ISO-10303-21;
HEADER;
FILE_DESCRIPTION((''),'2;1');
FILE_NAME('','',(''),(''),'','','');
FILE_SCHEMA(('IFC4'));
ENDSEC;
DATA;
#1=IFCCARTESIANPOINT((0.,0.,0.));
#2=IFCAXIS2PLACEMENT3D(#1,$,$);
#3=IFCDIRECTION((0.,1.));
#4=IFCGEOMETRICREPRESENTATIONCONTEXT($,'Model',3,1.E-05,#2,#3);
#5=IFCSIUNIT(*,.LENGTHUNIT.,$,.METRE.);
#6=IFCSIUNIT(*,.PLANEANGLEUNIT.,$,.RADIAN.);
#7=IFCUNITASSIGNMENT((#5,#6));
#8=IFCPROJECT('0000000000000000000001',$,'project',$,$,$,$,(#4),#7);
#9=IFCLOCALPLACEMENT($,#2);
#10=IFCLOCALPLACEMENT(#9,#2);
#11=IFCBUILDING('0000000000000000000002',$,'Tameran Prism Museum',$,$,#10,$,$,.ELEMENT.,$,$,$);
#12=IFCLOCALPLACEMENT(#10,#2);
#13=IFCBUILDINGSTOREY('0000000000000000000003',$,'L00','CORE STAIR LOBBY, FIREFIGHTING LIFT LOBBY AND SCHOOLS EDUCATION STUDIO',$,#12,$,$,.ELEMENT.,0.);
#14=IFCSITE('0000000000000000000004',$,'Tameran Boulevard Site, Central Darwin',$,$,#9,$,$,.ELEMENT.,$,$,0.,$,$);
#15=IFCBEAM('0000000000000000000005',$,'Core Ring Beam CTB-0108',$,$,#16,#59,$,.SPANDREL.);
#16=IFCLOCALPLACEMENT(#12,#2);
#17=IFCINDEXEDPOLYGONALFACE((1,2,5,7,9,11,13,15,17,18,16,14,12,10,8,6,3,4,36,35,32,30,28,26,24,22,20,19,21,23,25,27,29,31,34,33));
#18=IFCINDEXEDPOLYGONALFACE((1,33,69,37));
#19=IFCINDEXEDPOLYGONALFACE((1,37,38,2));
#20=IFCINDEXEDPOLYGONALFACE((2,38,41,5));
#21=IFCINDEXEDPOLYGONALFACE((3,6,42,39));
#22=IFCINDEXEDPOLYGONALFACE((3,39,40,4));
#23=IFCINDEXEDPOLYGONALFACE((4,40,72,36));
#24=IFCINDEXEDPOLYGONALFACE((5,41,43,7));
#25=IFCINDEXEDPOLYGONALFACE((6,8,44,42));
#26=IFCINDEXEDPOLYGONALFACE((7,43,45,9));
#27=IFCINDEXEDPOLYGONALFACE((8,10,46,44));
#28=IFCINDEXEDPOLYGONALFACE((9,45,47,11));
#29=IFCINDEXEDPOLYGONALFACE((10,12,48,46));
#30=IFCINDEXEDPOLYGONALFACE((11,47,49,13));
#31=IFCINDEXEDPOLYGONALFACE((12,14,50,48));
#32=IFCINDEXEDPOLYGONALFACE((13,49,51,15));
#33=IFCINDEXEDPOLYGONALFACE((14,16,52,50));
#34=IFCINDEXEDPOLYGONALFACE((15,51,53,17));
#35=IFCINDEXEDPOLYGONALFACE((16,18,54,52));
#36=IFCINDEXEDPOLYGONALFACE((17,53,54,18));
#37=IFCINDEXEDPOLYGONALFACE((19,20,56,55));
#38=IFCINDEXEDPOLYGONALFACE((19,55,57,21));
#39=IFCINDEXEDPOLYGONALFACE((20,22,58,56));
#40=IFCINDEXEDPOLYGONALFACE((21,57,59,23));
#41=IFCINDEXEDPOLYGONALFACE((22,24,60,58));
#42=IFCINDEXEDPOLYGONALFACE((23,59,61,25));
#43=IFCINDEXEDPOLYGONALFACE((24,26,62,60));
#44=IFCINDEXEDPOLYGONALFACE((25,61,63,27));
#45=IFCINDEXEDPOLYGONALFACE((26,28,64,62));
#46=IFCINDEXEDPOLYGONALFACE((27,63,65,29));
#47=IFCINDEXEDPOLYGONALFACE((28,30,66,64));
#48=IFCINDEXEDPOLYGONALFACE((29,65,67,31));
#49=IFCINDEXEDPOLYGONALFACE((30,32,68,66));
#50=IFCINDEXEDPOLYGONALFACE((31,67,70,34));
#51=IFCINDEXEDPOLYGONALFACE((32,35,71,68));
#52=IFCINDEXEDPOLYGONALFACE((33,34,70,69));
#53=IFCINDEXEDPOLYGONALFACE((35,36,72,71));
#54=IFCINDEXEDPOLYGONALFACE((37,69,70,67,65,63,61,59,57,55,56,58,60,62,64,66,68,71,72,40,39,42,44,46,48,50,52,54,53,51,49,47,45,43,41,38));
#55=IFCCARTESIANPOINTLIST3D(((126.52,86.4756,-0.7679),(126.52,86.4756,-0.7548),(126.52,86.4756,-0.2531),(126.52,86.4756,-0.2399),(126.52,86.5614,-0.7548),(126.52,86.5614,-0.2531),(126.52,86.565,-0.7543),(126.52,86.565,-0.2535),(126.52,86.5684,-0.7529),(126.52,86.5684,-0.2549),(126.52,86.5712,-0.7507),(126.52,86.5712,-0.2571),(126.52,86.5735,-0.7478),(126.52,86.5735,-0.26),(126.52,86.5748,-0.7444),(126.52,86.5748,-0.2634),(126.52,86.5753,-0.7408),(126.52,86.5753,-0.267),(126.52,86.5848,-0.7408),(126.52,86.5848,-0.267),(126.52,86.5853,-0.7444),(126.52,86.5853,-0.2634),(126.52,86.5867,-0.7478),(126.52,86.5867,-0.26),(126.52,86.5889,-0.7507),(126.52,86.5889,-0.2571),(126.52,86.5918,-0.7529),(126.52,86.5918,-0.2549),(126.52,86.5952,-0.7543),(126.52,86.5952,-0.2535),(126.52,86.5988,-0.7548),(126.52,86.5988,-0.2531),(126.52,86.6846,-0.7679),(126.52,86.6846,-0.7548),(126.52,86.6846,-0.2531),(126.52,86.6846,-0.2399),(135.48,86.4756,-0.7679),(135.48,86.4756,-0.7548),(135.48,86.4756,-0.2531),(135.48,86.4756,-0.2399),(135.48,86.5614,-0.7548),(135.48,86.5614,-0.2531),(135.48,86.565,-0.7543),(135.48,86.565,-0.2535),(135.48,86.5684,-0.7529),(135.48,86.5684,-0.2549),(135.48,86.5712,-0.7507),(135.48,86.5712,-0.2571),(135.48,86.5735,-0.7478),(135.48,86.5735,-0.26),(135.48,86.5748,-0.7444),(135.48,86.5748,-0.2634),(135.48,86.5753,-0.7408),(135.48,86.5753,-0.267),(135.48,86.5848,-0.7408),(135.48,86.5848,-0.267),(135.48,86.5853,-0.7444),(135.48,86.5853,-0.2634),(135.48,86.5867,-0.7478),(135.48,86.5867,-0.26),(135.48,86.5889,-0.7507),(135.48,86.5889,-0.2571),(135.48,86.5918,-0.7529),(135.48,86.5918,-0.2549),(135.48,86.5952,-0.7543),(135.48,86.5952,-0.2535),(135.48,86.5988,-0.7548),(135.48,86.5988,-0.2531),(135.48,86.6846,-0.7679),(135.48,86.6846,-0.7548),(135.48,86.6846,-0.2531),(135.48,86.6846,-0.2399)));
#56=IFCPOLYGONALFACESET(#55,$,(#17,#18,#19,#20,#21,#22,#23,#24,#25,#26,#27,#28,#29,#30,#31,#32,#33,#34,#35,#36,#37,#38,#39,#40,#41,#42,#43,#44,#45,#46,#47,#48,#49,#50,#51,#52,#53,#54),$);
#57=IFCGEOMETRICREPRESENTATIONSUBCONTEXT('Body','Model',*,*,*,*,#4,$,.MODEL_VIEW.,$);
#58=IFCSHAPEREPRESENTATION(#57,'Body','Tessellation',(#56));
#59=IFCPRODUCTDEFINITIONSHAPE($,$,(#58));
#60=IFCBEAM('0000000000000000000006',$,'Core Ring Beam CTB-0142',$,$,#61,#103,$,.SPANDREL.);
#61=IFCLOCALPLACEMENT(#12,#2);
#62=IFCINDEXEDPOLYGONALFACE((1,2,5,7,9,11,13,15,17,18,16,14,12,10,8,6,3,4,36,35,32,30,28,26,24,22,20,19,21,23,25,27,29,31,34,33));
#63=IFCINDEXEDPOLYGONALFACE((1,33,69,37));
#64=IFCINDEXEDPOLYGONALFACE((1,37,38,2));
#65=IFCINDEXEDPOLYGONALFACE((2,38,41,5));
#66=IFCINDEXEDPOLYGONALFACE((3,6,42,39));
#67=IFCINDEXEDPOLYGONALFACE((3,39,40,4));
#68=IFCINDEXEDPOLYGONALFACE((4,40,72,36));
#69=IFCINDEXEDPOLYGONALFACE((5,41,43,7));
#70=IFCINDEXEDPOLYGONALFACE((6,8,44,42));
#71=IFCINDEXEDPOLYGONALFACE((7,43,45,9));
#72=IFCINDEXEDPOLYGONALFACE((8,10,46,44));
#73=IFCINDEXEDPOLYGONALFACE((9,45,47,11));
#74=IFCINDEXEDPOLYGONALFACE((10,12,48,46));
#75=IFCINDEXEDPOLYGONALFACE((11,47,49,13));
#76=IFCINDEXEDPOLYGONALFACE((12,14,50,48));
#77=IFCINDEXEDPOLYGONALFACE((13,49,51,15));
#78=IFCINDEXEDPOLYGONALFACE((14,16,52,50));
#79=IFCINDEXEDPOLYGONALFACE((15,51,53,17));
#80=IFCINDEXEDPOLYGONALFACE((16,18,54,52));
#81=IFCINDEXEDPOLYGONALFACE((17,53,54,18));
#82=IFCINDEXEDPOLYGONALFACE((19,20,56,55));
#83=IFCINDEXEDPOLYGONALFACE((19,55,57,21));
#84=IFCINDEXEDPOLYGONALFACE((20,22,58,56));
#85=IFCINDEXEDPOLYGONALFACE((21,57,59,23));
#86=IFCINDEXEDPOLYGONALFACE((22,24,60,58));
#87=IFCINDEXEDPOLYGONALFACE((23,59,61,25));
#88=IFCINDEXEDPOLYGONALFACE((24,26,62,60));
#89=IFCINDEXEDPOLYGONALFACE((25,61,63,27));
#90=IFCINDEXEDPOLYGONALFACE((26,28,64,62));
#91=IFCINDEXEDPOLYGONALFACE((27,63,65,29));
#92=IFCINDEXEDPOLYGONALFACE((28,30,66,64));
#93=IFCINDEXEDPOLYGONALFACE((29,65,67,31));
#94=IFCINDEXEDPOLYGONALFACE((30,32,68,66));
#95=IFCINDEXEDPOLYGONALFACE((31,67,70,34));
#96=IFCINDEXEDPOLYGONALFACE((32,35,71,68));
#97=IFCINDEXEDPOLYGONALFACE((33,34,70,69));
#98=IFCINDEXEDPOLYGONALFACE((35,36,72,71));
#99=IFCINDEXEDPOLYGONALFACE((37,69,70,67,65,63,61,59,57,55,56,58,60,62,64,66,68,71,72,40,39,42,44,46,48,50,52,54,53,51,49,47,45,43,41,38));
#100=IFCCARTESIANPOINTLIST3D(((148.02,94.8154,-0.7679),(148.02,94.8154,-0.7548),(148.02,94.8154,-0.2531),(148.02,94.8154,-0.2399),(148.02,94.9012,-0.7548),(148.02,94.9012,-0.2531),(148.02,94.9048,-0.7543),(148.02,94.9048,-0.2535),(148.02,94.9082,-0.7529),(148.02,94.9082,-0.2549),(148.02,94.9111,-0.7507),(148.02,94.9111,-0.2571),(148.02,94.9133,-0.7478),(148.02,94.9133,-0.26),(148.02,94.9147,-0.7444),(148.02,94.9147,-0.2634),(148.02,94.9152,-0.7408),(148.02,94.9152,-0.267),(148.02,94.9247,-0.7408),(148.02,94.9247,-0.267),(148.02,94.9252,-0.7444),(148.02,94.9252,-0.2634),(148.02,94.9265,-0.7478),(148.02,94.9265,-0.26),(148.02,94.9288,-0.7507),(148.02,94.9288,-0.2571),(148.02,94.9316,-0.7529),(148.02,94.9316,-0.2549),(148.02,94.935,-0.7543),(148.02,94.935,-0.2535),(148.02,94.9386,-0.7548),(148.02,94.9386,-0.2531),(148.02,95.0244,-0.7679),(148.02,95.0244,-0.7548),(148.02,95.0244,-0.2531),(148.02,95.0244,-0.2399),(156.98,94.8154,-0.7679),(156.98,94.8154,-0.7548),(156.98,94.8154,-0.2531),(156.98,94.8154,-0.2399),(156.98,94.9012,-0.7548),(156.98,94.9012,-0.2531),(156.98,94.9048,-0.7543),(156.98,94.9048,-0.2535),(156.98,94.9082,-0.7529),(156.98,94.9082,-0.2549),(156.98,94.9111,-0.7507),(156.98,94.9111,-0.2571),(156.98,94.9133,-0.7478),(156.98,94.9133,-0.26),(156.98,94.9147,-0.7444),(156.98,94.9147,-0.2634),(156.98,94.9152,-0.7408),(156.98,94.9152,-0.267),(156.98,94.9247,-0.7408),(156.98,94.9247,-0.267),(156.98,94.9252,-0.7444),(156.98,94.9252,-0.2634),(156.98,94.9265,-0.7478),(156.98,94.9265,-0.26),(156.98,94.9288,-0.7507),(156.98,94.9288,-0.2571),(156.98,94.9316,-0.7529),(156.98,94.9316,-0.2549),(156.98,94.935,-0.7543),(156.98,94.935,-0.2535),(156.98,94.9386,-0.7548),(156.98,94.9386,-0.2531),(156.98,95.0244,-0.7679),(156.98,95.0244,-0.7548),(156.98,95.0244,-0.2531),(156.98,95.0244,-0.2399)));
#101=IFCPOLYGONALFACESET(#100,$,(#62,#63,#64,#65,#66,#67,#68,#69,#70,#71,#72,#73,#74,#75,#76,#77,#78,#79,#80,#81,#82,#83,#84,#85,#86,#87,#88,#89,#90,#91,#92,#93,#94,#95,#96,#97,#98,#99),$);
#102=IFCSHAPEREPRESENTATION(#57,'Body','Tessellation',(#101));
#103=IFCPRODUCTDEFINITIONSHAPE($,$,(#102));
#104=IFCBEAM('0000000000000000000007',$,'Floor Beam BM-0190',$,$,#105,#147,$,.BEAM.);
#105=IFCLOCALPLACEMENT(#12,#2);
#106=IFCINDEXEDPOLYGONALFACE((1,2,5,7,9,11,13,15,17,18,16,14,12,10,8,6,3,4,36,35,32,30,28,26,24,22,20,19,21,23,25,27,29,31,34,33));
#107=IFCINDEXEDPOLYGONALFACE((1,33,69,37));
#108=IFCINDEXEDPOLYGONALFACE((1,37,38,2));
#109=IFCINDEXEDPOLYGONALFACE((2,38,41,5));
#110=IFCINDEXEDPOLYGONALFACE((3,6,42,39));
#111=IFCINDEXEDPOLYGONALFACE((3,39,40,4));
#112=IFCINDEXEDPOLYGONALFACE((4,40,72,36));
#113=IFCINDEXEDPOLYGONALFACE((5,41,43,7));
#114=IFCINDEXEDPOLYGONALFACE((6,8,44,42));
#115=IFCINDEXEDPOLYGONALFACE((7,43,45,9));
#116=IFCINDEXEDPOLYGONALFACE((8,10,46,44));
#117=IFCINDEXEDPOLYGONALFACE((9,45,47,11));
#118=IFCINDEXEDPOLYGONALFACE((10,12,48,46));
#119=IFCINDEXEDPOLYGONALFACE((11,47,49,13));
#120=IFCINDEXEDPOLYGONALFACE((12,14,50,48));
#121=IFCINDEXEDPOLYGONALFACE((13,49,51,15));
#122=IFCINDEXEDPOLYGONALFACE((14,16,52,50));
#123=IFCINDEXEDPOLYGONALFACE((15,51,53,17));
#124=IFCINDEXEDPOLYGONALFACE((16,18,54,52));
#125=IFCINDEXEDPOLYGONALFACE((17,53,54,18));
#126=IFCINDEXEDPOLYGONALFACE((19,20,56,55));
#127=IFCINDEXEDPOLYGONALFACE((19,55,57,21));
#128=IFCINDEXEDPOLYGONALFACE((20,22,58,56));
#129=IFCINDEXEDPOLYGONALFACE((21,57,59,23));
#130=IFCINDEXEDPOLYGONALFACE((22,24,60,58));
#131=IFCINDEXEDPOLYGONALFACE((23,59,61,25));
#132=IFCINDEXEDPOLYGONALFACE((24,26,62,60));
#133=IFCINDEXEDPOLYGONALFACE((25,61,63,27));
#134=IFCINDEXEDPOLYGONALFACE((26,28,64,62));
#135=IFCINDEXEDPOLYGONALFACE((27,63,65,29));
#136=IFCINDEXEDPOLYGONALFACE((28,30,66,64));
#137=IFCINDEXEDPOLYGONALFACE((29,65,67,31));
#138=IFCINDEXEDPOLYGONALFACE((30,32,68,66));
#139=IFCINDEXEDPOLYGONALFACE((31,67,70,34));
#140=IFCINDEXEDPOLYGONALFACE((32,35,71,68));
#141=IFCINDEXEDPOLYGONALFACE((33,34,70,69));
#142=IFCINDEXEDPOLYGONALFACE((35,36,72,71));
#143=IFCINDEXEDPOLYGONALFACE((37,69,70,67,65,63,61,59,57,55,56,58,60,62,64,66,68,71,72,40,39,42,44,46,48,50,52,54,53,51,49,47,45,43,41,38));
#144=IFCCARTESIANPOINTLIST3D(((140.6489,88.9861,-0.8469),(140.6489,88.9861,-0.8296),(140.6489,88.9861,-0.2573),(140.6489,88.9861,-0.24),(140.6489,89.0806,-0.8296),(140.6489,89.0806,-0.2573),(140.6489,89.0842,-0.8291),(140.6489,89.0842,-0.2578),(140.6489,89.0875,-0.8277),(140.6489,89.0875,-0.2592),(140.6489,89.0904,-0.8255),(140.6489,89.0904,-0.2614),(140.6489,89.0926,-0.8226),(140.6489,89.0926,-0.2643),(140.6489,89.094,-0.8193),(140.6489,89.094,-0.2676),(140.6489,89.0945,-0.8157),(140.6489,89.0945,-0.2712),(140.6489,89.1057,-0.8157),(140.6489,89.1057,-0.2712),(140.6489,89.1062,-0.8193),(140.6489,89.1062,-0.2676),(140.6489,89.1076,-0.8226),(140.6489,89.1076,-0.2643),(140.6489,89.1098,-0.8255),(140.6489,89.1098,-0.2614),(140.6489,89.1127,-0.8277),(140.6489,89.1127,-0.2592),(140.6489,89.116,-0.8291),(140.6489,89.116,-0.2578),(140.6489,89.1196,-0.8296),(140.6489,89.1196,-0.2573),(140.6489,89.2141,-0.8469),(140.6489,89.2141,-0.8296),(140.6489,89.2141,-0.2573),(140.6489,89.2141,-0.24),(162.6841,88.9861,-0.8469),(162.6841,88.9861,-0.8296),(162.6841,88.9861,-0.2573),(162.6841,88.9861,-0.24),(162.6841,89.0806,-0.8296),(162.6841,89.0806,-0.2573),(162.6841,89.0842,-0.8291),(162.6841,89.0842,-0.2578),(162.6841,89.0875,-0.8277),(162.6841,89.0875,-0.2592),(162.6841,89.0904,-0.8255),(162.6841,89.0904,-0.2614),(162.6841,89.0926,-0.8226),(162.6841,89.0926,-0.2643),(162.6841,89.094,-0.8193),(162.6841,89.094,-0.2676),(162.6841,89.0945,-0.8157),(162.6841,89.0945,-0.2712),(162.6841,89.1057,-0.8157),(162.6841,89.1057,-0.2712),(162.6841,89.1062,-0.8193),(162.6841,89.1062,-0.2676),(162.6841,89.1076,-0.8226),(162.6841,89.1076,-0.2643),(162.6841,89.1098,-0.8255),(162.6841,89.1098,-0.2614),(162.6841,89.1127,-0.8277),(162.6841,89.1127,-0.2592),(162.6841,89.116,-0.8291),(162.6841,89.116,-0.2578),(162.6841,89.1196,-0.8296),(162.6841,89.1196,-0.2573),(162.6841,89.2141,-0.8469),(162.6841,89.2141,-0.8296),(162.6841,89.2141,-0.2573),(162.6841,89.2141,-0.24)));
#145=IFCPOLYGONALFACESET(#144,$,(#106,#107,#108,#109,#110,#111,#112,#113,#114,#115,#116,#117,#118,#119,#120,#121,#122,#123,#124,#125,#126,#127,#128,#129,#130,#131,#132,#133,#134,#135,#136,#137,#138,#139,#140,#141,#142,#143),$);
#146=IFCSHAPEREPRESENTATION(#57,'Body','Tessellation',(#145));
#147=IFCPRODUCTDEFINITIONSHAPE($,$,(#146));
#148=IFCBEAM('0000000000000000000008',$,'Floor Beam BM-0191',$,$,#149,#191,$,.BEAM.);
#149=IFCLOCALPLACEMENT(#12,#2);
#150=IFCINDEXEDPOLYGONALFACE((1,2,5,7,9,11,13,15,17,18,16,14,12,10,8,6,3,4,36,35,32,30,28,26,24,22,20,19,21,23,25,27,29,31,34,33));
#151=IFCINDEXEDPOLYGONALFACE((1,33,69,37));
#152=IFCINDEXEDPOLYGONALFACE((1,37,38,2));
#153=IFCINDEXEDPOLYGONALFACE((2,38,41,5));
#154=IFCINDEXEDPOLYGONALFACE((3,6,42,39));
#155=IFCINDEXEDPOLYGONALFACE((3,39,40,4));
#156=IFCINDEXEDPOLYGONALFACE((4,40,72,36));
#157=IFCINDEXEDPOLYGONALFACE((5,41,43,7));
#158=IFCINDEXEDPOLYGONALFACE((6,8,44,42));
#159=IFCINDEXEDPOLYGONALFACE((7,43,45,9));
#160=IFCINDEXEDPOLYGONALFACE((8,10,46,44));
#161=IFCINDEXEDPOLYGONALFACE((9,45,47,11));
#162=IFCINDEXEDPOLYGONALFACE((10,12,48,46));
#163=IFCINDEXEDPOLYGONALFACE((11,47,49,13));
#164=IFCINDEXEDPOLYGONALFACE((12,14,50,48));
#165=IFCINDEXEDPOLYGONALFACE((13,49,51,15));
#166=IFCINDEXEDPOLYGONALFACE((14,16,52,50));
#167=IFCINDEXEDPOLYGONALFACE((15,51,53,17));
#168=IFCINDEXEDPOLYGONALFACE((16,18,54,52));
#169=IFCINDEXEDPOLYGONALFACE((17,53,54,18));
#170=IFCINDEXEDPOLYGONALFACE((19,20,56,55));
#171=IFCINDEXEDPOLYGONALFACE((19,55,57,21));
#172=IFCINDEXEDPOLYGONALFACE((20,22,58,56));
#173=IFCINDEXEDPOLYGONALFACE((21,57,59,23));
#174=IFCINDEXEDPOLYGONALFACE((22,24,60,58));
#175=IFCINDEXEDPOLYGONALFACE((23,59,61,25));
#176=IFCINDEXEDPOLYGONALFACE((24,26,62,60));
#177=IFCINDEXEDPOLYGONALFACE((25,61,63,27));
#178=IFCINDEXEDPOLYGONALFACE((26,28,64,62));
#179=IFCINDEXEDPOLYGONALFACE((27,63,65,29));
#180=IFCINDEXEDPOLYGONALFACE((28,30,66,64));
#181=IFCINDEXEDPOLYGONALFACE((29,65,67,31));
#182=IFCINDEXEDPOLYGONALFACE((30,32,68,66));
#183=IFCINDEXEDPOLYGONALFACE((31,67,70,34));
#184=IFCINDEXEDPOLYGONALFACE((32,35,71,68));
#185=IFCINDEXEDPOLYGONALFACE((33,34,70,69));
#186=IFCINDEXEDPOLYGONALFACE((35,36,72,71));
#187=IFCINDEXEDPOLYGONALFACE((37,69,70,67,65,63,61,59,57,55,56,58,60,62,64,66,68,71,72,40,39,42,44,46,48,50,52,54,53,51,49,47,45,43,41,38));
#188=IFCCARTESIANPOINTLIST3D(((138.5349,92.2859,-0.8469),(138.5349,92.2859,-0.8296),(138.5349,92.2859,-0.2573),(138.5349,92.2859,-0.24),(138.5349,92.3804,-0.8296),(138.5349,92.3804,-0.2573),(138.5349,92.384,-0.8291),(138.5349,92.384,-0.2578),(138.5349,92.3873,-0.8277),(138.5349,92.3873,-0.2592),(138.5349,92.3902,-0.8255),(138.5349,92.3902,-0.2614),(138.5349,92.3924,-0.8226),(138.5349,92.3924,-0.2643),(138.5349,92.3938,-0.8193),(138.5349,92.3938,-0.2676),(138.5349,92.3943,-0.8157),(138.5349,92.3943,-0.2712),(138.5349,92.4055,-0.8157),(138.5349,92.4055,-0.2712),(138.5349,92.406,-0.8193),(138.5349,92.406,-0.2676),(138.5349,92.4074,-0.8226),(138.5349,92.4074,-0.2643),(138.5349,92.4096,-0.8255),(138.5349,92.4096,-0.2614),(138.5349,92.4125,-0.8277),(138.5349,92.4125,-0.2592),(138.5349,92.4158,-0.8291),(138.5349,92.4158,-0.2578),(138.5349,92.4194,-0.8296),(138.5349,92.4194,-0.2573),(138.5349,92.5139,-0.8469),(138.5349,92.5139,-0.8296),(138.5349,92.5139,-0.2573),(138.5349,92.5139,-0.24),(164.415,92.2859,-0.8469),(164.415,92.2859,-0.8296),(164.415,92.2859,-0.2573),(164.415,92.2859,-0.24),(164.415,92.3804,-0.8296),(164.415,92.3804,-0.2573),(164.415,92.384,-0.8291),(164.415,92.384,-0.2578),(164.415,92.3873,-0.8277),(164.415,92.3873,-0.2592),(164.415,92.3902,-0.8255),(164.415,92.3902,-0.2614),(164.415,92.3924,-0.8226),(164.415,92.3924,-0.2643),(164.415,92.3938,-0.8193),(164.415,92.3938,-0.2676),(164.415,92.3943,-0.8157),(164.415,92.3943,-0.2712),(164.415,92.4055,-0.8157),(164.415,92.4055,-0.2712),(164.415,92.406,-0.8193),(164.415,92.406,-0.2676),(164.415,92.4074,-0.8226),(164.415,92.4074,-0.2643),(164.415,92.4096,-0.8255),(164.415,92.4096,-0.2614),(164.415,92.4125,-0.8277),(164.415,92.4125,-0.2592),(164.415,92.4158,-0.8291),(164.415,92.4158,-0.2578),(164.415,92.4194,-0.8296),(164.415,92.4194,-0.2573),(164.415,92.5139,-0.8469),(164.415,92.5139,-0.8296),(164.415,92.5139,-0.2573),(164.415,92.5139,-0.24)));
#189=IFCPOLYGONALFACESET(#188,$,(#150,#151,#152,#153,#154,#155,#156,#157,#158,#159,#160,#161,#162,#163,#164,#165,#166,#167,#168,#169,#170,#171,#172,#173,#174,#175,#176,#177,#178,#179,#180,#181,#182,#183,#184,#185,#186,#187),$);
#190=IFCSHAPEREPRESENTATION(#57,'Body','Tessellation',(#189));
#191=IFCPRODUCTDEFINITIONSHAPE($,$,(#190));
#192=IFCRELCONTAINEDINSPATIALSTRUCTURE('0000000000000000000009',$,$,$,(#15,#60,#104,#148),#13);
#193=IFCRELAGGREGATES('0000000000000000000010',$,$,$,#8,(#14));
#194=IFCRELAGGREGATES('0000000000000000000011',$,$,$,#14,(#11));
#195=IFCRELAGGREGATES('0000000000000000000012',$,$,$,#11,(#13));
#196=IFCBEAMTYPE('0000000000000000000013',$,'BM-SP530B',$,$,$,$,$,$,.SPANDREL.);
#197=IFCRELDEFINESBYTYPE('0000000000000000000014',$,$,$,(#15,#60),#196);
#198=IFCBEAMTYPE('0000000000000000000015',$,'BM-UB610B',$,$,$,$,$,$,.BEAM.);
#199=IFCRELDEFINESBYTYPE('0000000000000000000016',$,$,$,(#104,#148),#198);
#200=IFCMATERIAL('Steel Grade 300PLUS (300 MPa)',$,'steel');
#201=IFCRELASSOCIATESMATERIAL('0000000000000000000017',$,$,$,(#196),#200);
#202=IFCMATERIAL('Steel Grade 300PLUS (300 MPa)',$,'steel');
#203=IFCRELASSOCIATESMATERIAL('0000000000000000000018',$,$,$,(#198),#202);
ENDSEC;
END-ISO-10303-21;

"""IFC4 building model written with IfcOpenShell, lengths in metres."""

from ifc_helpers import new_model, si_unit, direction, frame, origin, origin_2d, place, context, subcontext, project, spatial, i_section, extrude, material, material_profile, profile_set, type_object, element, save


model = new_model("IFC4")

# Units and contexts
model_context = context("Model", 3, precision=1e-05, world=origin(), true_north=direction((0.0, 1.0)))
body_context = subcontext(model_context, "Body", "Model", "MODEL_VIEW")
ifc_project = project(units=[si_unit("LENGTHUNIT", "METRE"), si_unit("PLANEANGLEUNIT", "RADIAN")], contexts=[model_context])

# Site, building, storey
site_placement = place(None, origin())
site = spatial("IfcSite", under=ifc_project, at=site_placement, Name="Tameran Boulevard Site, Central Darwin", CompositionType="ELEMENT", RefElevation=0.0)
building_placement = place(site_placement, origin())
building = spatial("IfcBuilding", under=site, at=building_placement, Name="Tameran Prism Museum", CompositionType="ELEMENT")
storey_placement = place(building_placement, origin())
storey = spatial("IfcBuildingStorey", under=building, at=storey_placement, Name="L00", Description="CORE STAIR LOBBY, FIREFIGHTING LIFT LOBBY AND SCHOOLS EDUCATION STUDIO", CompositionType="ELEMENT", Elevation=0.0)

# Beams
ifc_material_1 = material(Name="Steel Grade 300PLUS (300 MPa)", Category="steel")
ifc_material_profile_1 = material_profile(ifc_material_1, i_section(OverallWidth=0.209, OverallDepth=0.5281, WebThickness=0.0095, FlangeThickness=0.0132, FilletRadius=0.0139, at=origin_2d()))
ifc_profile_set_1 = profile_set([ifc_material_profile_1])
beam_type_1 = type_object("IfcBeamType", Name="BM-SP530B", PredefinedType="SPANDREL", material=ifc_profile_set_1)
for number, where, z_axis, x_axis, name in (
    (1, (135.48, 86.5801, -0.5039), (-1.0, 0.0, 0.0), (0.0, -1.0, 0.0), "Core Ring Beam CTB-0108"),
    (2, (148.02, 94.9199, -0.5039), (1.0, 0.0, 0.0), (0.0, 1.0, 0.0), "Core Ring Beam CTB-0142"),
):
    element("IfcBeam", number, at=place(storey_placement, frame(where, z_axis=z_axis, x_axis=x_axis)), inside=storey, type_object=beam_type_1, Name=name, PredefinedType="SPANDREL", context=body_context, shape_type="SweptSolid", body=[
        extrude(i_section(OverallWidth=0.209, OverallDepth=0.5281, WebThickness=0.0095, FlangeThickness=0.0132, FilletRadius=0.0139, at=origin_2d()), origin(), (0.0, 0.0, 1.0), 8.96),
    ])
ifc_material_2 = material(Name="Steel Grade 300PLUS (300 MPa)", Category="steel")
ifc_material_profile_2 = material_profile(ifc_material_2, i_section(OverallWidth=0.228, OverallDepth=0.6069, WebThickness=0.0112, FlangeThickness=0.0173, FilletRadius=0.0139, at=origin_2d()))
ifc_profile_set_2 = profile_set([ifc_material_profile_2])
beam_type_2 = type_object("IfcBeamType", Name="BM-UB610B", PredefinedType="BEAM", material=ifc_profile_set_2)
beam_1_placement = place(storey_placement, frame((140.6489, 89.1001, -0.5435), z_axis=(1.0, 0.0, 0.0), x_axis=(0.0, 1.0, 0.0)))
element("IfcBeam", 3, at=beam_1_placement, inside=storey, type_object=beam_type_2, Name="Floor Beam BM-0190", PredefinedType="BEAM", context=body_context, shape_type="SweptSolid", body=[
    extrude(i_section(OverallWidth=0.228, OverallDepth=0.6069, WebThickness=0.0112, FlangeThickness=0.0173, FilletRadius=0.0139, at=origin_2d()), origin(), (0.0, 0.0, 1.0), 22.0352),
])
beam_2_placement = place(storey_placement, frame((138.5349, 92.3999, -0.5435), z_axis=(1.0, 0.0, 0.0), x_axis=(0.0, 1.0, 0.0)))
element("IfcBeam", 4, at=beam_2_placement, inside=storey, type_object=beam_type_2, Name="Floor Beam BM-0191", PredefinedType="BEAM", context=body_context, shape_type="SweptSolid", body=[
    extrude(i_section(OverallWidth=0.228, OverallDepth=0.6069, WebThickness=0.0112, FlangeThickness=0.0173, FilletRadius=0.0139, at=origin_2d()), origin(), (0.0, 0.0, 1.0), 25.8801),
])

save(model, "model.ifc")
